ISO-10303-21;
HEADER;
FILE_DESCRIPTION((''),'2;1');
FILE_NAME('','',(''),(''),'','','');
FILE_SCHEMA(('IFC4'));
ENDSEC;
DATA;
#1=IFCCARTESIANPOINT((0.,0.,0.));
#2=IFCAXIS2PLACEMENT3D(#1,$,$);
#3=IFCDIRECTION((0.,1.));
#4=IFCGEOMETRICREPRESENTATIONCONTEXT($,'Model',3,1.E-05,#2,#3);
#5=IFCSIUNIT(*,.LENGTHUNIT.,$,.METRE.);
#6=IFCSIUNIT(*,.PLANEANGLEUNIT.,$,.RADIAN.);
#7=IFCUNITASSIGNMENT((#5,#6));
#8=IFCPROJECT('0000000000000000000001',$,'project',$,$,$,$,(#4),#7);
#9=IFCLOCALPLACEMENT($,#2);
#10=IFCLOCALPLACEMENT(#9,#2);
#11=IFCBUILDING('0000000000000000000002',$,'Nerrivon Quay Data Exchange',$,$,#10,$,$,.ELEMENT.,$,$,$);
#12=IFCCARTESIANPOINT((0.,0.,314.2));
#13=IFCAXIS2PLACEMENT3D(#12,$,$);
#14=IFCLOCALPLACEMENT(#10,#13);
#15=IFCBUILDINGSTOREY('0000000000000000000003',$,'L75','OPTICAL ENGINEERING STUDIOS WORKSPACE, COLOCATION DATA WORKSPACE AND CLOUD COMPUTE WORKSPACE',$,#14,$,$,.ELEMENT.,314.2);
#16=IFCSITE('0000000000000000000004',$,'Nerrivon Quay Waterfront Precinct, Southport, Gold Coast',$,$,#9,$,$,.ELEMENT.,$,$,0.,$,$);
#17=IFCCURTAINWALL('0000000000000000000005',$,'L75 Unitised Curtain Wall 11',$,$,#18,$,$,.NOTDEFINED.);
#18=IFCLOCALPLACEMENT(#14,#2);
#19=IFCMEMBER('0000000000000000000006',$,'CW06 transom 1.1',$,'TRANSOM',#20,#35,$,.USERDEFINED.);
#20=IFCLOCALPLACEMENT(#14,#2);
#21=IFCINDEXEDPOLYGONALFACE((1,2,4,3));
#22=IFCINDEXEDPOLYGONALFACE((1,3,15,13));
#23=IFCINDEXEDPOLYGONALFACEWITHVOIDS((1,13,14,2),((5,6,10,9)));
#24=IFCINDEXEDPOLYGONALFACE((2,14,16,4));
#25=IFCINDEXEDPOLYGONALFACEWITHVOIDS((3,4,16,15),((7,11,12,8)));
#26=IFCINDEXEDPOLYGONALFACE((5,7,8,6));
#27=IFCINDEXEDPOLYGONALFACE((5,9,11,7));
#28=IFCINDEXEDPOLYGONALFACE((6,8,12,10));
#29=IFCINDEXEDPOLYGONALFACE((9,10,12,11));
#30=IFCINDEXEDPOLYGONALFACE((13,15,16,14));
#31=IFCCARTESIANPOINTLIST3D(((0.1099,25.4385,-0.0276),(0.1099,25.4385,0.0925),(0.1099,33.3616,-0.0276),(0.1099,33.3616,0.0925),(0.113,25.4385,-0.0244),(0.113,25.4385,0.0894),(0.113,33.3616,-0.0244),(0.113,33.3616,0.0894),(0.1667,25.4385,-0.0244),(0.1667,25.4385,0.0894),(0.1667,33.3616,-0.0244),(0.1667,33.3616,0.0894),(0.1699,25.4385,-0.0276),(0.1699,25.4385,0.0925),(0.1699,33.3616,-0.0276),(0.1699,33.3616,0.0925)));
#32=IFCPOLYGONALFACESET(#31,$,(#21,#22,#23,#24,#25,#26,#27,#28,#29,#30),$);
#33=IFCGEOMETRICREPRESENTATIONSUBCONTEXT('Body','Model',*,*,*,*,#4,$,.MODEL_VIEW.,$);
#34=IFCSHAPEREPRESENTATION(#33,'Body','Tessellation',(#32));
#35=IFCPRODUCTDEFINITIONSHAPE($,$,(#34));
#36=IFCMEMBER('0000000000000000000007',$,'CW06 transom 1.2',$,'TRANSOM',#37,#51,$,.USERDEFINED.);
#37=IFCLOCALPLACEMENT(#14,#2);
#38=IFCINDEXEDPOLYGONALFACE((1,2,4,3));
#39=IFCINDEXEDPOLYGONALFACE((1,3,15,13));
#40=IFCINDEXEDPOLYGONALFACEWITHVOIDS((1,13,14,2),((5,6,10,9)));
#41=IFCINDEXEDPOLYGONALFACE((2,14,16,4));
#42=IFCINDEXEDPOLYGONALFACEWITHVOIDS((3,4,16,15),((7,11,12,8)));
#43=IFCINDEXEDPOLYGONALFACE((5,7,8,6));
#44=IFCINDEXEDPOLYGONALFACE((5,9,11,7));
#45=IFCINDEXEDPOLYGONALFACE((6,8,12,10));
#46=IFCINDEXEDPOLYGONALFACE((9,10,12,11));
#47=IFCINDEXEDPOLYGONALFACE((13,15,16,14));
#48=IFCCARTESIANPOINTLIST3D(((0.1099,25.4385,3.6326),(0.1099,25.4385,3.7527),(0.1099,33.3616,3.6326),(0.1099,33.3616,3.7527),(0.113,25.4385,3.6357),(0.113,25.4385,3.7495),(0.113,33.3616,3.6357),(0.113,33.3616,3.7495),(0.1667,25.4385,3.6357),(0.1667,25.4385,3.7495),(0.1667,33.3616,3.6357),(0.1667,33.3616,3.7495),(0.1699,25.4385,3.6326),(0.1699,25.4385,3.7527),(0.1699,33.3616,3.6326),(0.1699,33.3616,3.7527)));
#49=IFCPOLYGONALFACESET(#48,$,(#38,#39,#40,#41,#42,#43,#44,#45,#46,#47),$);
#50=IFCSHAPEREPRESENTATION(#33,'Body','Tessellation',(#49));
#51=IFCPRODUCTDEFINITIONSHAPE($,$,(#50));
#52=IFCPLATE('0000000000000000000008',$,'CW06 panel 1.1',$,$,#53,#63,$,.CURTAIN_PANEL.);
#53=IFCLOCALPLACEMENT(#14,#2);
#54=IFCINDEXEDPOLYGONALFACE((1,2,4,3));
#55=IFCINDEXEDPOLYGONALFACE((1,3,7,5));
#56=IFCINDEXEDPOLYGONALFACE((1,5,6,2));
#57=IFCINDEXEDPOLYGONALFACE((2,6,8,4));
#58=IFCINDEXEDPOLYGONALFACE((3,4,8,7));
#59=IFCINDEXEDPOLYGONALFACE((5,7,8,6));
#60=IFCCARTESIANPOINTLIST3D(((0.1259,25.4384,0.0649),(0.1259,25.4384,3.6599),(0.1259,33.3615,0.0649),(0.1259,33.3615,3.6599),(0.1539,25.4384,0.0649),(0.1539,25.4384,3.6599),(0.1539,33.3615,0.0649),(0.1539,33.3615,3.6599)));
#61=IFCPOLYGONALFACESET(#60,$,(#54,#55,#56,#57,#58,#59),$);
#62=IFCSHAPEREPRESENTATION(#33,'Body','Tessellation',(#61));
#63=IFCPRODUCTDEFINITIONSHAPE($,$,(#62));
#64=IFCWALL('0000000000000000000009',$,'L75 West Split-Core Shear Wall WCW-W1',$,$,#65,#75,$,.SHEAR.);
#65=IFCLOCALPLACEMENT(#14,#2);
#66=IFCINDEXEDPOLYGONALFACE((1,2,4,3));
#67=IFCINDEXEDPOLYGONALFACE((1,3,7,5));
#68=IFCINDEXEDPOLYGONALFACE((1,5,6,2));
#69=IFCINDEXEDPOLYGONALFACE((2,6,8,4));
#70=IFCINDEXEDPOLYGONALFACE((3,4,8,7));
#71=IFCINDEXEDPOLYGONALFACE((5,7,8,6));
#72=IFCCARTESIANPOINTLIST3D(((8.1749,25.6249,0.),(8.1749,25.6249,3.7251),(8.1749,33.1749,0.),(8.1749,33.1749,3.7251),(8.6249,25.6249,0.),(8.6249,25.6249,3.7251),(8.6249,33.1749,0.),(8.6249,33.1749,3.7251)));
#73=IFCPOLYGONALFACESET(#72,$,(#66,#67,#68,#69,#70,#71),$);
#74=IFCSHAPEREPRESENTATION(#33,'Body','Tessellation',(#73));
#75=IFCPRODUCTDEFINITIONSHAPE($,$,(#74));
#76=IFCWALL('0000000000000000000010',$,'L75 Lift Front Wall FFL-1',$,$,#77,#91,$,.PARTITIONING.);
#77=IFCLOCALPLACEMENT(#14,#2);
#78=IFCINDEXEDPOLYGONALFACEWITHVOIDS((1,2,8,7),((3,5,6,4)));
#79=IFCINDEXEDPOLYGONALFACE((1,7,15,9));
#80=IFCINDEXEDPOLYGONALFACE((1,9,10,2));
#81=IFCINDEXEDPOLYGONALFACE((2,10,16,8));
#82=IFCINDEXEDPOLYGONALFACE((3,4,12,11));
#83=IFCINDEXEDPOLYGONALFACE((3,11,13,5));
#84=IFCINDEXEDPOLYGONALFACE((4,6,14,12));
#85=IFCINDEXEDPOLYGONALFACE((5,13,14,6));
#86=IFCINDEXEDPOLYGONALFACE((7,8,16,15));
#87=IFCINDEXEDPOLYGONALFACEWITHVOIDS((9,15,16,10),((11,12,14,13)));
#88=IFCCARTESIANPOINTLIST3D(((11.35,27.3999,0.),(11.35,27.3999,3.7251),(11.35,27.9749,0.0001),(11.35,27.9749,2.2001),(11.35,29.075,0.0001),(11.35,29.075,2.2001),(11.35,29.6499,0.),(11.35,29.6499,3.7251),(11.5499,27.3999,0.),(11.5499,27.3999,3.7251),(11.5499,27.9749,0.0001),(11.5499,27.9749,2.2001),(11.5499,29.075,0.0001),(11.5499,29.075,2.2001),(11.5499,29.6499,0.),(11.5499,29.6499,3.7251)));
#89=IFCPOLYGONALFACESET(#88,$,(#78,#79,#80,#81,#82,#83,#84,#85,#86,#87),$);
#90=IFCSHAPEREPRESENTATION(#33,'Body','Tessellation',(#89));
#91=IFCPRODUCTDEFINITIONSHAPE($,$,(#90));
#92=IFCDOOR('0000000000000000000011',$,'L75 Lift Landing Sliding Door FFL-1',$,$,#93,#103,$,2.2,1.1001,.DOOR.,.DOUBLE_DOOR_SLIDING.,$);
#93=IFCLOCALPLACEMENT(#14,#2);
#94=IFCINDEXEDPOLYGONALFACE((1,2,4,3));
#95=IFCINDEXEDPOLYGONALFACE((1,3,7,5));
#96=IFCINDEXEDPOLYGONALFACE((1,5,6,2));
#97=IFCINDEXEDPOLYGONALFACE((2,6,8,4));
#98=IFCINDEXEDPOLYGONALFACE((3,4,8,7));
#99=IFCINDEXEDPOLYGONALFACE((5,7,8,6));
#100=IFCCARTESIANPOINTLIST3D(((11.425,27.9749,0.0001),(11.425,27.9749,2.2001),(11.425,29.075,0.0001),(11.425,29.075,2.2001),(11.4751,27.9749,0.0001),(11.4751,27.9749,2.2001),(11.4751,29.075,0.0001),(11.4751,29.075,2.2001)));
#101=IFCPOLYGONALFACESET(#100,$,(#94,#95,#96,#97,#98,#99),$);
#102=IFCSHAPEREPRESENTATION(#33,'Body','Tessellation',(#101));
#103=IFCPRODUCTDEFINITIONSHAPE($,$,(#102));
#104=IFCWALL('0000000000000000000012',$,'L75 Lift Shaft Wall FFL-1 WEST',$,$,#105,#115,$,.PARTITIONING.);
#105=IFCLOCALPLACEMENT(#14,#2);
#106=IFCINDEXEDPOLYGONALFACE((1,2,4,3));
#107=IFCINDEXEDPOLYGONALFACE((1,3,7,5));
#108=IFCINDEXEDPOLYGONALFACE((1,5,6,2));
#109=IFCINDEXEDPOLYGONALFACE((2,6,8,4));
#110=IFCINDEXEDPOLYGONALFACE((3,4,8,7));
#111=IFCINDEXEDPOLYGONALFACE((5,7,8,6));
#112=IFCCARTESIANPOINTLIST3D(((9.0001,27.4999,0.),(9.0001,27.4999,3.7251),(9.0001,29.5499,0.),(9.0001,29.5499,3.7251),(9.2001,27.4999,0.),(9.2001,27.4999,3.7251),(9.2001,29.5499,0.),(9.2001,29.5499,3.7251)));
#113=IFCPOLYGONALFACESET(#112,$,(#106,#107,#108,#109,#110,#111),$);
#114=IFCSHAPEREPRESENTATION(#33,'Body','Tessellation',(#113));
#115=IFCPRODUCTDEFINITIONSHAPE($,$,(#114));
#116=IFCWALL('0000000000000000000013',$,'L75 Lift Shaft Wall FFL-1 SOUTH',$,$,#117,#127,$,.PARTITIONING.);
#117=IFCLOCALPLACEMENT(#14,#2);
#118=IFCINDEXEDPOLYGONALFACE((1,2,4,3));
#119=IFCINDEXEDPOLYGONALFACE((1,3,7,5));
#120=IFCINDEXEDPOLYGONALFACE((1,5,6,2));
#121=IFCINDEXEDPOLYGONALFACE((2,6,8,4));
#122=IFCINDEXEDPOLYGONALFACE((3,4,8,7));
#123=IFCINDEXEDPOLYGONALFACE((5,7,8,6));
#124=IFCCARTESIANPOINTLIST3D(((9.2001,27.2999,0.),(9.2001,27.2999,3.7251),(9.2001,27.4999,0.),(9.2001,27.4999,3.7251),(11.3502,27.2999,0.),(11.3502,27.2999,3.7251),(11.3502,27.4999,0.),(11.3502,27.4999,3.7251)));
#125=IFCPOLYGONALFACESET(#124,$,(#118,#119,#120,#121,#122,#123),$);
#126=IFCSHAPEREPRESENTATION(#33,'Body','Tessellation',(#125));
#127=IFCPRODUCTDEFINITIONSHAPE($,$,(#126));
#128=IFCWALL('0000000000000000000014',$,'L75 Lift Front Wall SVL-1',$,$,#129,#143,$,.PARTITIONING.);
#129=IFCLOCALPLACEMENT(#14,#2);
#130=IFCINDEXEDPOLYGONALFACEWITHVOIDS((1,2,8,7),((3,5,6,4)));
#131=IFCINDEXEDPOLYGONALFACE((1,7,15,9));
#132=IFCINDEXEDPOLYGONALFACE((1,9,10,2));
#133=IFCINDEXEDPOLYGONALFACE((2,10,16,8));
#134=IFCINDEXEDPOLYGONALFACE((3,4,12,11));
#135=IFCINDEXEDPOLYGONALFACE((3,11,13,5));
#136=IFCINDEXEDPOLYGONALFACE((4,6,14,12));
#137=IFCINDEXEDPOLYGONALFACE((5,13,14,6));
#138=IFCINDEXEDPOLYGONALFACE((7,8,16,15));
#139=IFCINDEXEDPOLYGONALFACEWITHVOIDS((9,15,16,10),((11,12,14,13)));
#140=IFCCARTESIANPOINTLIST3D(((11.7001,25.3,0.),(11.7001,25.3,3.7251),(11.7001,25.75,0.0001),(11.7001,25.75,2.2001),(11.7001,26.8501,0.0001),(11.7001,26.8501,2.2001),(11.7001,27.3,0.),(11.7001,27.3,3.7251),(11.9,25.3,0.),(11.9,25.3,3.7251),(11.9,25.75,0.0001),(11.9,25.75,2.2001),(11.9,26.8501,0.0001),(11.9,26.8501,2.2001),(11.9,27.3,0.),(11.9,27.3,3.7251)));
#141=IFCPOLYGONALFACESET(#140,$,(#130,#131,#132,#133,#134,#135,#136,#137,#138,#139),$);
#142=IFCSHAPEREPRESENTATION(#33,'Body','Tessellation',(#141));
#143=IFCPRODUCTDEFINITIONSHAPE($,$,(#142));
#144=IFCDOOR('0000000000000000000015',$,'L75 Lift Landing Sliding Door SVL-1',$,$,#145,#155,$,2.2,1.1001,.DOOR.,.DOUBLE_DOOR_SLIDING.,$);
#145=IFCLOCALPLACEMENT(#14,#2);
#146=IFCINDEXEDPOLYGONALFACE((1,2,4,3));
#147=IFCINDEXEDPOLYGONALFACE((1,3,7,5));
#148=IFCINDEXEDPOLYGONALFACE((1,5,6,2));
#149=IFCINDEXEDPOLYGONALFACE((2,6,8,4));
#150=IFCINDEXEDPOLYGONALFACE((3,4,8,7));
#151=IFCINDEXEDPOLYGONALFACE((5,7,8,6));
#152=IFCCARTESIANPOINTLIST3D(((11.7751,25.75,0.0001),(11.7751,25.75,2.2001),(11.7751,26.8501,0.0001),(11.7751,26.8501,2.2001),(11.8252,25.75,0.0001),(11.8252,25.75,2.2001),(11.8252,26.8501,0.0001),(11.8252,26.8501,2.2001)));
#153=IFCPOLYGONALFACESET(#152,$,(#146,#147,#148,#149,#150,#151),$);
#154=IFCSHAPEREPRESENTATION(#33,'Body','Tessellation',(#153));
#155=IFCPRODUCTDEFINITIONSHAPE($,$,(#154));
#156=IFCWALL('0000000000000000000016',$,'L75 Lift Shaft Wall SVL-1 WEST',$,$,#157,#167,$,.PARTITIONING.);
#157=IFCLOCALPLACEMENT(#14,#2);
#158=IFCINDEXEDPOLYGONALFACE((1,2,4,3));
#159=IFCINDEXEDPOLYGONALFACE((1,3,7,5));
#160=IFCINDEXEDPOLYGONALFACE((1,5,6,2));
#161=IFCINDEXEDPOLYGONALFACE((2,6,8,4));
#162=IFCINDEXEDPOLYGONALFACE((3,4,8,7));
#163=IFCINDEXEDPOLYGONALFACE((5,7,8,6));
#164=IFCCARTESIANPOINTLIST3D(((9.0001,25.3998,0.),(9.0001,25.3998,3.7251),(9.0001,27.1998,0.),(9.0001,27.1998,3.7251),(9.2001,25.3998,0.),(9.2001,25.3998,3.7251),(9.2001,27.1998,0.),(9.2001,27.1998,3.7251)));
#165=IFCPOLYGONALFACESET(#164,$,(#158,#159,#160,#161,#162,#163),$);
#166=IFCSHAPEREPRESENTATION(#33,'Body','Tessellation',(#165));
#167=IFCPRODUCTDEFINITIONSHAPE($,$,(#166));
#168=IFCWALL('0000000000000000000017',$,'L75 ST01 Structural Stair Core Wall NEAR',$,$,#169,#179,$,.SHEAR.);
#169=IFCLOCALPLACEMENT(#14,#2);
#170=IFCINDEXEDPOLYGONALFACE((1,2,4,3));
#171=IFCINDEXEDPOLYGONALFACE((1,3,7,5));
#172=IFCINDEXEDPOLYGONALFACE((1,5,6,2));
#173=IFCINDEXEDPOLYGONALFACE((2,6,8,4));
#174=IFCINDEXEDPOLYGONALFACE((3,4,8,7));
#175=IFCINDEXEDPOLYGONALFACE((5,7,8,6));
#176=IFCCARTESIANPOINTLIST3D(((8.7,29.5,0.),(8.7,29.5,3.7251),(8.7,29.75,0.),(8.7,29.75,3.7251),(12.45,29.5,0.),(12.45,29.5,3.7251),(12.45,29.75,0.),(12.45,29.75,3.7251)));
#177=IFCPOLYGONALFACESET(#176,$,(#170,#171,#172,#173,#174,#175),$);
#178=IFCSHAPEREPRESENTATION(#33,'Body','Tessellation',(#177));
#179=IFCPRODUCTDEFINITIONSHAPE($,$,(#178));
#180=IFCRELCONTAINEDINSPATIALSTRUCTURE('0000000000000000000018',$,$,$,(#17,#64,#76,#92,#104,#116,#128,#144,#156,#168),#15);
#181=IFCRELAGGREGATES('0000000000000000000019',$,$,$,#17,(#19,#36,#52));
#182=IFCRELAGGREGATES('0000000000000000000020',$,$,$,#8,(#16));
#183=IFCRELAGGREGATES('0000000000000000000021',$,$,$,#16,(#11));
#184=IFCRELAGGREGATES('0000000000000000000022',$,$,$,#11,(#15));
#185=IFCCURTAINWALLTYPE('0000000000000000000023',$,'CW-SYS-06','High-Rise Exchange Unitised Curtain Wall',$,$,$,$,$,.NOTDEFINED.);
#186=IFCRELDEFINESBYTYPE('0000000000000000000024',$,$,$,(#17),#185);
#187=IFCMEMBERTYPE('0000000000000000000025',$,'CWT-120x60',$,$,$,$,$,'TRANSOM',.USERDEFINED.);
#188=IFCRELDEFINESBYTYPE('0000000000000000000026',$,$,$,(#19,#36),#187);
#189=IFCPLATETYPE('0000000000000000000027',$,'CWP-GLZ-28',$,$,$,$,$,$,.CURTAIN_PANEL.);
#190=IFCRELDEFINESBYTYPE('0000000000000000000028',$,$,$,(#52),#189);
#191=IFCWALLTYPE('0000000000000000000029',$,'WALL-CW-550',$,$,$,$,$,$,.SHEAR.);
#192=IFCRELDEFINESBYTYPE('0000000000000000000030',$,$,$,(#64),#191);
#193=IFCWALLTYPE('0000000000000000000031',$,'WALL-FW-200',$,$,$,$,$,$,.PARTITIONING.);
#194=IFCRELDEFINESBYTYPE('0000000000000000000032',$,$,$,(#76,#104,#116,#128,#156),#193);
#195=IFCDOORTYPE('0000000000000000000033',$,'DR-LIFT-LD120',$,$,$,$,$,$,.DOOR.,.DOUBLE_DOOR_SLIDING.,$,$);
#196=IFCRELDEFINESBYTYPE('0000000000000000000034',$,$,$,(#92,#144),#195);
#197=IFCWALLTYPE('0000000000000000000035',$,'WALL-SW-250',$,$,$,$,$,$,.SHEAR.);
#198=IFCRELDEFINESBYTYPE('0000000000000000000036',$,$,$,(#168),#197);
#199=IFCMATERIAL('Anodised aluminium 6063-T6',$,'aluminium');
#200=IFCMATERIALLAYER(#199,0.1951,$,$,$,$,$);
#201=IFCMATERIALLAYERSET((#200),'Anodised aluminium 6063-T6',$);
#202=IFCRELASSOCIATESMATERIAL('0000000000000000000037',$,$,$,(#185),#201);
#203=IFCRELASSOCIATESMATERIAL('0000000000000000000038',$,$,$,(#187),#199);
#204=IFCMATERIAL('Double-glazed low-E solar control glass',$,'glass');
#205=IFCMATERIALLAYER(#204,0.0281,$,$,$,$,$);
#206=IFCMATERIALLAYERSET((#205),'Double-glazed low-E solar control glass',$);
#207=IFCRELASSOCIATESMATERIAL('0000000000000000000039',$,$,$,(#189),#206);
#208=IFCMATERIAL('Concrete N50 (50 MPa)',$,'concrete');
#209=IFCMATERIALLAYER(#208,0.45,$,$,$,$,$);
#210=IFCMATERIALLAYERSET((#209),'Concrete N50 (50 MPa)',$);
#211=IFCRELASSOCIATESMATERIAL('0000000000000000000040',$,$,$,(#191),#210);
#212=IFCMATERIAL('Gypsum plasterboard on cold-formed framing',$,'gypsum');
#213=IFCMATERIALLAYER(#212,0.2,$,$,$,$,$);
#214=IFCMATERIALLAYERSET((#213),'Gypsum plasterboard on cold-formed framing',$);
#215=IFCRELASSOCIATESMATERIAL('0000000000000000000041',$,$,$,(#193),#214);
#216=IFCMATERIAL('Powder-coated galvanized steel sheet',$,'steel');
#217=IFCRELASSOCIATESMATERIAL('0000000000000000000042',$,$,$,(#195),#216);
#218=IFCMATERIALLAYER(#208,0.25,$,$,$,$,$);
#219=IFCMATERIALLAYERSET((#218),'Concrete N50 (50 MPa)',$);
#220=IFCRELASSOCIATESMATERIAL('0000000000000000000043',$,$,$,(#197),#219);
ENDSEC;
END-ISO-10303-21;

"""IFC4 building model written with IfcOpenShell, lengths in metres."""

from ifc_helpers import new_model, si_unit, direction, frame, frame_2d, origin, origin_2d, place, context, subcontext, project, spatial, rectangle, hollow_rectangle, extrude, material, layer, layer_set, material_profile, profile_set, type_object, element, fill, aggregate, save


model = new_model("IFC4")

# Units and contexts
model_context = context("Model", 3, precision=1e-05, world=origin(), true_north=direction((0.0, 1.0)))
body_context = subcontext(model_context, "Body", "Model", "MODEL_VIEW")
ifc_project = project(units=[si_unit("LENGTHUNIT", "METRE"), si_unit("PLANEANGLEUNIT", "RADIAN")], contexts=[model_context])

# Site, building, storey
site_placement = place(None, origin())
site = spatial("IfcSite", under=ifc_project, at=site_placement, Name="Nerrivon Quay Waterfront Precinct, Southport, Gold Coast", CompositionType="ELEMENT", RefElevation=0.0)
building_placement = place(site_placement, origin())
building = spatial("IfcBuilding", under=site, at=building_placement, Name="Nerrivon Quay Data Exchange", CompositionType="ELEMENT")
storey_placement = place(building_placement, frame((0.0, 0.0, 314.2)))
storey = spatial("IfcBuildingStorey", under=building, at=storey_placement, Name="L75", Description="OPTICAL ENGINEERING STUDIOS WORKSPACE, COLOCATION DATA WORKSPACE AND CLOUD COMPUTE WORKSPACE", CompositionType="ELEMENT", Elevation=314.2)

# Curtain wall, members, plate
ifc_material_1 = material(Name="Anodised aluminium 6063-T6", Category="aluminium")
ifc_layer_1 = layer(ifc_material_1, 0.1951)
ifc_layer_set_1 = layer_set([ifc_layer_1], Name="Anodised aluminium 6063-T6")
curtain_wall_type = type_object("IfcCurtainWallType", Name="CW-SYS-06", Description="High-Rise Exchange Unitised Curtain Wall", PredefinedType="NOTDEFINED", material=ifc_layer_set_1)
curtain_wall_placement = place(storey_placement, origin())
curtain_wall = element("IfcCurtainWall", 1, at=curtain_wall_placement, inside=storey, type_object=curtain_wall_type, Name="L75 Unitised Curtain Wall 11", PredefinedType="NOTDEFINED")
ifc_material_profile_1 = material_profile(ifc_material_1, hollow_rectangle(XDim=0.0601, YDim=0.1201, WallThickness=0.0032, at=origin_2d()), Name="ALU-TRAN-120x60")
ifc_profile_set_1 = profile_set([ifc_material_profile_1], Name="Anodised aluminium 6063-T6")
member_type_1 = type_object("IfcMemberType", Name="CWT-120x60", ElementType="TRANSOM", PredefinedType="USERDEFINED", material=ifc_profile_set_1)
member_1_placement = place(storey_placement, frame((0.1399, 25.4385, 0.0325), z_axis=(0.0, 1.0, 0.0), x_axis=(-1.0, 0.0, 0.0)))
member_1 = element("IfcMember", 2, at=member_1_placement, type_object=member_type_1, Name="CW06 transom 1.1", ObjectType="TRANSOM", PredefinedType="USERDEFINED", context=body_context, shape_type="SweptSolid", body=[
    extrude(hollow_rectangle(XDim=0.0601, YDim=0.1201, WallThickness=0.0032, at=origin_2d()), origin(), (0.0, 0.0, 1.0), 7.9231),
])
member_2_placement = place(storey_placement, frame((0.1399, 25.4385, 3.6926), z_axis=(0.0, 1.0, 0.0), x_axis=(-1.0, 0.0, 0.0)))
member_2 = element("IfcMember", 3, at=member_2_placement, type_object=member_type_1, Name="CW06 transom 1.2", ObjectType="TRANSOM", PredefinedType="USERDEFINED", context=body_context, shape_type="SweptSolid", body=[
    extrude(hollow_rectangle(XDim=0.0601, YDim=0.1201, WallThickness=0.0032, at=origin_2d()), origin(), (0.0, 0.0, 1.0), 7.9231),
])
ifc_material_2 = material(Name="Double-glazed low-E solar control glass", Category="glass")
ifc_layer_2 = layer(ifc_material_2, 0.0281)
ifc_layer_set_2 = layer_set([ifc_layer_2], Name="Double-glazed low-E solar control glass")
plate_type = type_object("IfcPlateType", Name="CWP-GLZ-28", PredefinedType="CURTAIN_PANEL", material=ifc_layer_set_2)
plate_placement = place(storey_placement, frame((0.1399, 29.3999, 0.0649), z_axis=(0.0, 0.0, 1.0), x_axis=(0.0, 1.0, 0.0)))
plate = element("IfcPlate", 4, at=plate_placement, type_object=plate_type, Name="CW06 panel 1.1", PredefinedType="CURTAIN_PANEL", context=body_context, shape_type="SweptSolid", body=[
    extrude(rectangle(XDim=7.9231, YDim=0.0281, at=origin_2d()), origin(), (0.0, 0.0, 1.0), 3.595),
])
aggregate(curtain_wall, [member_1, member_2, plate])

# Wall
ifc_material_3 = material(Name="Concrete N50 (50 MPa)", Category="concrete")
ifc_layer_3 = layer(ifc_material_3, 0.45)
ifc_layer_set_3 = layer_set([ifc_layer_3], Name="Concrete N50 (50 MPa)")
wall_type_1 = type_object("IfcWallType", Name="WALL-CW-550", PredefinedType="SHEAR", material=ifc_layer_set_3)
wall_1_placement = place(storey_placement, frame((8.3999, 25.625, 0.0), z_axis=(0.0, 0.0, 1.0), x_axis=(0.0, 1.0, 0.0)))
element("IfcWall", 5, at=wall_1_placement, inside=storey, type_object=wall_type_1, Name="L75 West Split-Core Shear Wall WCW-W1", PredefinedType="SHEAR", context=body_context, shape_type="SweptSolid", body=[
    extrude(rectangle(XDim=7.55, YDim=0.45, at=frame_2d((3.7749, 0.0))), origin(), (0.0, 0.0, 1.0), 3.7251),
])

# Wall, opening, door
ifc_material_4 = material(Name="Gypsum plasterboard on cold-formed framing", Category="gypsum")
ifc_layer_4 = layer(ifc_material_4, 0.2)
ifc_layer_set_4 = layer_set([ifc_layer_4], Name="Gypsum plasterboard on cold-formed framing")
wall_type_2 = type_object("IfcWallType", Name="WALL-FW-200", PredefinedType="PARTITIONING", material=ifc_layer_set_4)
wall_2_placement = place(storey_placement, frame((11.45, 27.3999, 0.0), z_axis=(0.0, 0.0, 1.0), x_axis=(0.0, 1.0, 0.0)))
wall_2 = element("IfcWall", 6, at=wall_2_placement, inside=storey, type_object=wall_type_2, Name="L75 Lift Front Wall FFL-1", PredefinedType="PARTITIONING", context=body_context, shape_type="SweptSolid", body=[
    extrude(rectangle(XDim=2.25, YDim=0.2, at=frame_2d((1.125, 0.0))), origin(), (0.0, 0.0, 1.0), 3.7251),
])
opening_1_placement = place(wall_2_placement, frame((0.575, 0.0, 0.0)))
opening_1 = element("IfcOpeningElement", 7, at=opening_1_placement, cuts=wall_2, PredefinedType="OPENING", context=body_context, shape_type="SweptSolid", body=[
    extrude(rectangle(XDim=1.1001, YDim=2.2, at=frame_2d((0.55, 1.1001))), frame((0.0, 0.1099, 0.0), z_axis=(0.0, -1.0, 0.0), x_axis=(1.0, 0.0, 0.0)), (0.0, 0.0, 1.0), 0.22),
])
ifc_material_5 = material(Name="Powder-coated galvanized steel sheet", Category="steel")
door_type_1 = type_object("IfcDoorType", Name="DR-LIFT-LD120", OperationType="DOUBLE_DOOR_SLIDING", PredefinedType="DOOR", material=ifc_material_5)
door_1_placement = place(opening_1_placement, origin())
door_1 = element("IfcDoor", 8, at=door_1_placement, inside=storey, type_object=door_type_1, Name="L75 Lift Landing Sliding Door FFL-1", OperationType="DOUBLE_DOOR_SLIDING", OverallHeight=2.2, OverallWidth=1.1001, PredefinedType="DOOR", context=body_context, shape_type="SweptSolid", body=[
    extrude(rectangle(XDim=1.1001, YDim=2.2, at=frame_2d((0.55, 1.1001))), frame((0.0, 0.0249, 0.0), z_axis=(0.0, -1.0, 0.0), x_axis=(1.0, 0.0, 0.0)), (0.0, 0.0, 1.0), 0.05),
])
fill(opening_1, door_1)

# Walls
wall_3_placement = place(storey_placement, frame((9.1001, 27.5, 0.0), z_axis=(0.0, 0.0, 1.0), x_axis=(0.0, 1.0, 0.0)))
element("IfcWall", 9, at=wall_3_placement, inside=storey, type_object=wall_type_2, Name="L75 Lift Shaft Wall FFL-1 WEST", PredefinedType="PARTITIONING", context=body_context, shape_type="SweptSolid", body=[
    extrude(rectangle(XDim=2.05, YDim=0.2, at=frame_2d((1.0249, 0.0))), origin(), (0.0, 0.0, 1.0), 3.7251),
])
wall_4_placement = place(storey_placement, frame((9.2, 27.3999, 0.0), z_axis=(0.0, 0.0, 1.0), x_axis=(1.0, 0.0, 0.0)))
element("IfcWall", 10, at=wall_4_placement, inside=storey, type_object=wall_type_2, Name="L75 Lift Shaft Wall FFL-1 SOUTH", PredefinedType="PARTITIONING", context=body_context, shape_type="SweptSolid", body=[
    extrude(rectangle(XDim=2.1501, YDim=0.2, at=frame_2d((1.0752, 0.0))), origin(), (0.0, 0.0, 1.0), 3.7251),
])

# Wall, opening, door
wall_5_placement = place(storey_placement, frame((11.8, 25.3, 0.0), z_axis=(0.0, 0.0, 1.0), x_axis=(0.0, 1.0, 0.0)))
wall_5 = element("IfcWall", 11, at=wall_5_placement, inside=storey, type_object=wall_type_2, Name="L75 Lift Front Wall SVL-1", PredefinedType="PARTITIONING", context=body_context, shape_type="SweptSolid", body=[
    extrude(rectangle(XDim=2.0, YDim=0.2, at=frame_2d((1.0, 0.0))), origin(), (0.0, 0.0, 1.0), 3.7251),
])
opening_2_placement = place(wall_5_placement, frame((0.45, 0.0, 0.0)))
opening_2 = element("IfcOpeningElement", 12, at=opening_2_placement, cuts=wall_5, PredefinedType="OPENING", context=body_context, shape_type="SweptSolid", body=[
    extrude(rectangle(XDim=1.1001, YDim=2.2, at=frame_2d((0.55, 1.1001))), frame((0.0, 0.1099, 0.0), z_axis=(0.0, -1.0, 0.0), x_axis=(1.0, 0.0, 0.0)), (0.0, 0.0, 1.0), 0.22),
])
door_2_placement = place(opening_2_placement, origin())
door_2 = element("IfcDoor", 13, at=door_2_placement, inside=storey, type_object=door_type_1, Name="L75 Lift Landing Sliding Door SVL-1", OperationType="DOUBLE_DOOR_SLIDING", OverallHeight=2.2, OverallWidth=1.1001, PredefinedType="DOOR", context=body_context, shape_type="SweptSolid", body=[
    extrude(rectangle(XDim=1.1001, YDim=2.2, at=frame_2d((0.55, 1.1001))), frame((0.0, 0.0249, 0.0), z_axis=(0.0, -1.0, 0.0), x_axis=(1.0, 0.0, 0.0)), (0.0, 0.0, 1.0), 0.05),
])
fill(opening_2, door_2)

# Walls
wall_6_placement = place(storey_placement, frame((9.1001, 25.3999, 0.0), z_axis=(0.0, 0.0, 1.0), x_axis=(0.0, 1.0, 0.0)))
element("IfcWall", 14, at=wall_6_placement, inside=storey, type_object=wall_type_2, Name="L75 Lift Shaft Wall SVL-1 WEST", PredefinedType="PARTITIONING", context=body_context, shape_type="SweptSolid", body=[
    extrude(rectangle(XDim=1.8, YDim=0.2, at=frame_2d((0.8999, 0.0))), origin(), (0.0, 0.0, 1.0), 3.7251),
])
ifc_layer_5 = layer(ifc_material_3, 0.25)
ifc_layer_set_5 = layer_set([ifc_layer_5], Name="Concrete N50 (50 MPa)")
wall_type_3 = type_object("IfcWallType", Name="WALL-SW-250", PredefinedType="SHEAR", material=ifc_layer_set_5)
wall_7_placement = place(storey_placement, frame((12.45, 29.625, 0.0), z_axis=(0.0, 0.0, 1.0), x_axis=(-1.0, 0.0, 0.0)))
element("IfcWall", 15, at=wall_7_placement, inside=storey, type_object=wall_type_3, Name="L75 ST01 Structural Stair Core Wall NEAR", PredefinedType="SHEAR", context=body_context, shape_type="SweptSolid", body=[
    extrude(rectangle(XDim=3.75, YDim=0.25, at=frame_2d((1.875, 0.0))), origin(), (0.0, 0.0, 1.0), 3.7251),
])

save(model, "model.ifc")
